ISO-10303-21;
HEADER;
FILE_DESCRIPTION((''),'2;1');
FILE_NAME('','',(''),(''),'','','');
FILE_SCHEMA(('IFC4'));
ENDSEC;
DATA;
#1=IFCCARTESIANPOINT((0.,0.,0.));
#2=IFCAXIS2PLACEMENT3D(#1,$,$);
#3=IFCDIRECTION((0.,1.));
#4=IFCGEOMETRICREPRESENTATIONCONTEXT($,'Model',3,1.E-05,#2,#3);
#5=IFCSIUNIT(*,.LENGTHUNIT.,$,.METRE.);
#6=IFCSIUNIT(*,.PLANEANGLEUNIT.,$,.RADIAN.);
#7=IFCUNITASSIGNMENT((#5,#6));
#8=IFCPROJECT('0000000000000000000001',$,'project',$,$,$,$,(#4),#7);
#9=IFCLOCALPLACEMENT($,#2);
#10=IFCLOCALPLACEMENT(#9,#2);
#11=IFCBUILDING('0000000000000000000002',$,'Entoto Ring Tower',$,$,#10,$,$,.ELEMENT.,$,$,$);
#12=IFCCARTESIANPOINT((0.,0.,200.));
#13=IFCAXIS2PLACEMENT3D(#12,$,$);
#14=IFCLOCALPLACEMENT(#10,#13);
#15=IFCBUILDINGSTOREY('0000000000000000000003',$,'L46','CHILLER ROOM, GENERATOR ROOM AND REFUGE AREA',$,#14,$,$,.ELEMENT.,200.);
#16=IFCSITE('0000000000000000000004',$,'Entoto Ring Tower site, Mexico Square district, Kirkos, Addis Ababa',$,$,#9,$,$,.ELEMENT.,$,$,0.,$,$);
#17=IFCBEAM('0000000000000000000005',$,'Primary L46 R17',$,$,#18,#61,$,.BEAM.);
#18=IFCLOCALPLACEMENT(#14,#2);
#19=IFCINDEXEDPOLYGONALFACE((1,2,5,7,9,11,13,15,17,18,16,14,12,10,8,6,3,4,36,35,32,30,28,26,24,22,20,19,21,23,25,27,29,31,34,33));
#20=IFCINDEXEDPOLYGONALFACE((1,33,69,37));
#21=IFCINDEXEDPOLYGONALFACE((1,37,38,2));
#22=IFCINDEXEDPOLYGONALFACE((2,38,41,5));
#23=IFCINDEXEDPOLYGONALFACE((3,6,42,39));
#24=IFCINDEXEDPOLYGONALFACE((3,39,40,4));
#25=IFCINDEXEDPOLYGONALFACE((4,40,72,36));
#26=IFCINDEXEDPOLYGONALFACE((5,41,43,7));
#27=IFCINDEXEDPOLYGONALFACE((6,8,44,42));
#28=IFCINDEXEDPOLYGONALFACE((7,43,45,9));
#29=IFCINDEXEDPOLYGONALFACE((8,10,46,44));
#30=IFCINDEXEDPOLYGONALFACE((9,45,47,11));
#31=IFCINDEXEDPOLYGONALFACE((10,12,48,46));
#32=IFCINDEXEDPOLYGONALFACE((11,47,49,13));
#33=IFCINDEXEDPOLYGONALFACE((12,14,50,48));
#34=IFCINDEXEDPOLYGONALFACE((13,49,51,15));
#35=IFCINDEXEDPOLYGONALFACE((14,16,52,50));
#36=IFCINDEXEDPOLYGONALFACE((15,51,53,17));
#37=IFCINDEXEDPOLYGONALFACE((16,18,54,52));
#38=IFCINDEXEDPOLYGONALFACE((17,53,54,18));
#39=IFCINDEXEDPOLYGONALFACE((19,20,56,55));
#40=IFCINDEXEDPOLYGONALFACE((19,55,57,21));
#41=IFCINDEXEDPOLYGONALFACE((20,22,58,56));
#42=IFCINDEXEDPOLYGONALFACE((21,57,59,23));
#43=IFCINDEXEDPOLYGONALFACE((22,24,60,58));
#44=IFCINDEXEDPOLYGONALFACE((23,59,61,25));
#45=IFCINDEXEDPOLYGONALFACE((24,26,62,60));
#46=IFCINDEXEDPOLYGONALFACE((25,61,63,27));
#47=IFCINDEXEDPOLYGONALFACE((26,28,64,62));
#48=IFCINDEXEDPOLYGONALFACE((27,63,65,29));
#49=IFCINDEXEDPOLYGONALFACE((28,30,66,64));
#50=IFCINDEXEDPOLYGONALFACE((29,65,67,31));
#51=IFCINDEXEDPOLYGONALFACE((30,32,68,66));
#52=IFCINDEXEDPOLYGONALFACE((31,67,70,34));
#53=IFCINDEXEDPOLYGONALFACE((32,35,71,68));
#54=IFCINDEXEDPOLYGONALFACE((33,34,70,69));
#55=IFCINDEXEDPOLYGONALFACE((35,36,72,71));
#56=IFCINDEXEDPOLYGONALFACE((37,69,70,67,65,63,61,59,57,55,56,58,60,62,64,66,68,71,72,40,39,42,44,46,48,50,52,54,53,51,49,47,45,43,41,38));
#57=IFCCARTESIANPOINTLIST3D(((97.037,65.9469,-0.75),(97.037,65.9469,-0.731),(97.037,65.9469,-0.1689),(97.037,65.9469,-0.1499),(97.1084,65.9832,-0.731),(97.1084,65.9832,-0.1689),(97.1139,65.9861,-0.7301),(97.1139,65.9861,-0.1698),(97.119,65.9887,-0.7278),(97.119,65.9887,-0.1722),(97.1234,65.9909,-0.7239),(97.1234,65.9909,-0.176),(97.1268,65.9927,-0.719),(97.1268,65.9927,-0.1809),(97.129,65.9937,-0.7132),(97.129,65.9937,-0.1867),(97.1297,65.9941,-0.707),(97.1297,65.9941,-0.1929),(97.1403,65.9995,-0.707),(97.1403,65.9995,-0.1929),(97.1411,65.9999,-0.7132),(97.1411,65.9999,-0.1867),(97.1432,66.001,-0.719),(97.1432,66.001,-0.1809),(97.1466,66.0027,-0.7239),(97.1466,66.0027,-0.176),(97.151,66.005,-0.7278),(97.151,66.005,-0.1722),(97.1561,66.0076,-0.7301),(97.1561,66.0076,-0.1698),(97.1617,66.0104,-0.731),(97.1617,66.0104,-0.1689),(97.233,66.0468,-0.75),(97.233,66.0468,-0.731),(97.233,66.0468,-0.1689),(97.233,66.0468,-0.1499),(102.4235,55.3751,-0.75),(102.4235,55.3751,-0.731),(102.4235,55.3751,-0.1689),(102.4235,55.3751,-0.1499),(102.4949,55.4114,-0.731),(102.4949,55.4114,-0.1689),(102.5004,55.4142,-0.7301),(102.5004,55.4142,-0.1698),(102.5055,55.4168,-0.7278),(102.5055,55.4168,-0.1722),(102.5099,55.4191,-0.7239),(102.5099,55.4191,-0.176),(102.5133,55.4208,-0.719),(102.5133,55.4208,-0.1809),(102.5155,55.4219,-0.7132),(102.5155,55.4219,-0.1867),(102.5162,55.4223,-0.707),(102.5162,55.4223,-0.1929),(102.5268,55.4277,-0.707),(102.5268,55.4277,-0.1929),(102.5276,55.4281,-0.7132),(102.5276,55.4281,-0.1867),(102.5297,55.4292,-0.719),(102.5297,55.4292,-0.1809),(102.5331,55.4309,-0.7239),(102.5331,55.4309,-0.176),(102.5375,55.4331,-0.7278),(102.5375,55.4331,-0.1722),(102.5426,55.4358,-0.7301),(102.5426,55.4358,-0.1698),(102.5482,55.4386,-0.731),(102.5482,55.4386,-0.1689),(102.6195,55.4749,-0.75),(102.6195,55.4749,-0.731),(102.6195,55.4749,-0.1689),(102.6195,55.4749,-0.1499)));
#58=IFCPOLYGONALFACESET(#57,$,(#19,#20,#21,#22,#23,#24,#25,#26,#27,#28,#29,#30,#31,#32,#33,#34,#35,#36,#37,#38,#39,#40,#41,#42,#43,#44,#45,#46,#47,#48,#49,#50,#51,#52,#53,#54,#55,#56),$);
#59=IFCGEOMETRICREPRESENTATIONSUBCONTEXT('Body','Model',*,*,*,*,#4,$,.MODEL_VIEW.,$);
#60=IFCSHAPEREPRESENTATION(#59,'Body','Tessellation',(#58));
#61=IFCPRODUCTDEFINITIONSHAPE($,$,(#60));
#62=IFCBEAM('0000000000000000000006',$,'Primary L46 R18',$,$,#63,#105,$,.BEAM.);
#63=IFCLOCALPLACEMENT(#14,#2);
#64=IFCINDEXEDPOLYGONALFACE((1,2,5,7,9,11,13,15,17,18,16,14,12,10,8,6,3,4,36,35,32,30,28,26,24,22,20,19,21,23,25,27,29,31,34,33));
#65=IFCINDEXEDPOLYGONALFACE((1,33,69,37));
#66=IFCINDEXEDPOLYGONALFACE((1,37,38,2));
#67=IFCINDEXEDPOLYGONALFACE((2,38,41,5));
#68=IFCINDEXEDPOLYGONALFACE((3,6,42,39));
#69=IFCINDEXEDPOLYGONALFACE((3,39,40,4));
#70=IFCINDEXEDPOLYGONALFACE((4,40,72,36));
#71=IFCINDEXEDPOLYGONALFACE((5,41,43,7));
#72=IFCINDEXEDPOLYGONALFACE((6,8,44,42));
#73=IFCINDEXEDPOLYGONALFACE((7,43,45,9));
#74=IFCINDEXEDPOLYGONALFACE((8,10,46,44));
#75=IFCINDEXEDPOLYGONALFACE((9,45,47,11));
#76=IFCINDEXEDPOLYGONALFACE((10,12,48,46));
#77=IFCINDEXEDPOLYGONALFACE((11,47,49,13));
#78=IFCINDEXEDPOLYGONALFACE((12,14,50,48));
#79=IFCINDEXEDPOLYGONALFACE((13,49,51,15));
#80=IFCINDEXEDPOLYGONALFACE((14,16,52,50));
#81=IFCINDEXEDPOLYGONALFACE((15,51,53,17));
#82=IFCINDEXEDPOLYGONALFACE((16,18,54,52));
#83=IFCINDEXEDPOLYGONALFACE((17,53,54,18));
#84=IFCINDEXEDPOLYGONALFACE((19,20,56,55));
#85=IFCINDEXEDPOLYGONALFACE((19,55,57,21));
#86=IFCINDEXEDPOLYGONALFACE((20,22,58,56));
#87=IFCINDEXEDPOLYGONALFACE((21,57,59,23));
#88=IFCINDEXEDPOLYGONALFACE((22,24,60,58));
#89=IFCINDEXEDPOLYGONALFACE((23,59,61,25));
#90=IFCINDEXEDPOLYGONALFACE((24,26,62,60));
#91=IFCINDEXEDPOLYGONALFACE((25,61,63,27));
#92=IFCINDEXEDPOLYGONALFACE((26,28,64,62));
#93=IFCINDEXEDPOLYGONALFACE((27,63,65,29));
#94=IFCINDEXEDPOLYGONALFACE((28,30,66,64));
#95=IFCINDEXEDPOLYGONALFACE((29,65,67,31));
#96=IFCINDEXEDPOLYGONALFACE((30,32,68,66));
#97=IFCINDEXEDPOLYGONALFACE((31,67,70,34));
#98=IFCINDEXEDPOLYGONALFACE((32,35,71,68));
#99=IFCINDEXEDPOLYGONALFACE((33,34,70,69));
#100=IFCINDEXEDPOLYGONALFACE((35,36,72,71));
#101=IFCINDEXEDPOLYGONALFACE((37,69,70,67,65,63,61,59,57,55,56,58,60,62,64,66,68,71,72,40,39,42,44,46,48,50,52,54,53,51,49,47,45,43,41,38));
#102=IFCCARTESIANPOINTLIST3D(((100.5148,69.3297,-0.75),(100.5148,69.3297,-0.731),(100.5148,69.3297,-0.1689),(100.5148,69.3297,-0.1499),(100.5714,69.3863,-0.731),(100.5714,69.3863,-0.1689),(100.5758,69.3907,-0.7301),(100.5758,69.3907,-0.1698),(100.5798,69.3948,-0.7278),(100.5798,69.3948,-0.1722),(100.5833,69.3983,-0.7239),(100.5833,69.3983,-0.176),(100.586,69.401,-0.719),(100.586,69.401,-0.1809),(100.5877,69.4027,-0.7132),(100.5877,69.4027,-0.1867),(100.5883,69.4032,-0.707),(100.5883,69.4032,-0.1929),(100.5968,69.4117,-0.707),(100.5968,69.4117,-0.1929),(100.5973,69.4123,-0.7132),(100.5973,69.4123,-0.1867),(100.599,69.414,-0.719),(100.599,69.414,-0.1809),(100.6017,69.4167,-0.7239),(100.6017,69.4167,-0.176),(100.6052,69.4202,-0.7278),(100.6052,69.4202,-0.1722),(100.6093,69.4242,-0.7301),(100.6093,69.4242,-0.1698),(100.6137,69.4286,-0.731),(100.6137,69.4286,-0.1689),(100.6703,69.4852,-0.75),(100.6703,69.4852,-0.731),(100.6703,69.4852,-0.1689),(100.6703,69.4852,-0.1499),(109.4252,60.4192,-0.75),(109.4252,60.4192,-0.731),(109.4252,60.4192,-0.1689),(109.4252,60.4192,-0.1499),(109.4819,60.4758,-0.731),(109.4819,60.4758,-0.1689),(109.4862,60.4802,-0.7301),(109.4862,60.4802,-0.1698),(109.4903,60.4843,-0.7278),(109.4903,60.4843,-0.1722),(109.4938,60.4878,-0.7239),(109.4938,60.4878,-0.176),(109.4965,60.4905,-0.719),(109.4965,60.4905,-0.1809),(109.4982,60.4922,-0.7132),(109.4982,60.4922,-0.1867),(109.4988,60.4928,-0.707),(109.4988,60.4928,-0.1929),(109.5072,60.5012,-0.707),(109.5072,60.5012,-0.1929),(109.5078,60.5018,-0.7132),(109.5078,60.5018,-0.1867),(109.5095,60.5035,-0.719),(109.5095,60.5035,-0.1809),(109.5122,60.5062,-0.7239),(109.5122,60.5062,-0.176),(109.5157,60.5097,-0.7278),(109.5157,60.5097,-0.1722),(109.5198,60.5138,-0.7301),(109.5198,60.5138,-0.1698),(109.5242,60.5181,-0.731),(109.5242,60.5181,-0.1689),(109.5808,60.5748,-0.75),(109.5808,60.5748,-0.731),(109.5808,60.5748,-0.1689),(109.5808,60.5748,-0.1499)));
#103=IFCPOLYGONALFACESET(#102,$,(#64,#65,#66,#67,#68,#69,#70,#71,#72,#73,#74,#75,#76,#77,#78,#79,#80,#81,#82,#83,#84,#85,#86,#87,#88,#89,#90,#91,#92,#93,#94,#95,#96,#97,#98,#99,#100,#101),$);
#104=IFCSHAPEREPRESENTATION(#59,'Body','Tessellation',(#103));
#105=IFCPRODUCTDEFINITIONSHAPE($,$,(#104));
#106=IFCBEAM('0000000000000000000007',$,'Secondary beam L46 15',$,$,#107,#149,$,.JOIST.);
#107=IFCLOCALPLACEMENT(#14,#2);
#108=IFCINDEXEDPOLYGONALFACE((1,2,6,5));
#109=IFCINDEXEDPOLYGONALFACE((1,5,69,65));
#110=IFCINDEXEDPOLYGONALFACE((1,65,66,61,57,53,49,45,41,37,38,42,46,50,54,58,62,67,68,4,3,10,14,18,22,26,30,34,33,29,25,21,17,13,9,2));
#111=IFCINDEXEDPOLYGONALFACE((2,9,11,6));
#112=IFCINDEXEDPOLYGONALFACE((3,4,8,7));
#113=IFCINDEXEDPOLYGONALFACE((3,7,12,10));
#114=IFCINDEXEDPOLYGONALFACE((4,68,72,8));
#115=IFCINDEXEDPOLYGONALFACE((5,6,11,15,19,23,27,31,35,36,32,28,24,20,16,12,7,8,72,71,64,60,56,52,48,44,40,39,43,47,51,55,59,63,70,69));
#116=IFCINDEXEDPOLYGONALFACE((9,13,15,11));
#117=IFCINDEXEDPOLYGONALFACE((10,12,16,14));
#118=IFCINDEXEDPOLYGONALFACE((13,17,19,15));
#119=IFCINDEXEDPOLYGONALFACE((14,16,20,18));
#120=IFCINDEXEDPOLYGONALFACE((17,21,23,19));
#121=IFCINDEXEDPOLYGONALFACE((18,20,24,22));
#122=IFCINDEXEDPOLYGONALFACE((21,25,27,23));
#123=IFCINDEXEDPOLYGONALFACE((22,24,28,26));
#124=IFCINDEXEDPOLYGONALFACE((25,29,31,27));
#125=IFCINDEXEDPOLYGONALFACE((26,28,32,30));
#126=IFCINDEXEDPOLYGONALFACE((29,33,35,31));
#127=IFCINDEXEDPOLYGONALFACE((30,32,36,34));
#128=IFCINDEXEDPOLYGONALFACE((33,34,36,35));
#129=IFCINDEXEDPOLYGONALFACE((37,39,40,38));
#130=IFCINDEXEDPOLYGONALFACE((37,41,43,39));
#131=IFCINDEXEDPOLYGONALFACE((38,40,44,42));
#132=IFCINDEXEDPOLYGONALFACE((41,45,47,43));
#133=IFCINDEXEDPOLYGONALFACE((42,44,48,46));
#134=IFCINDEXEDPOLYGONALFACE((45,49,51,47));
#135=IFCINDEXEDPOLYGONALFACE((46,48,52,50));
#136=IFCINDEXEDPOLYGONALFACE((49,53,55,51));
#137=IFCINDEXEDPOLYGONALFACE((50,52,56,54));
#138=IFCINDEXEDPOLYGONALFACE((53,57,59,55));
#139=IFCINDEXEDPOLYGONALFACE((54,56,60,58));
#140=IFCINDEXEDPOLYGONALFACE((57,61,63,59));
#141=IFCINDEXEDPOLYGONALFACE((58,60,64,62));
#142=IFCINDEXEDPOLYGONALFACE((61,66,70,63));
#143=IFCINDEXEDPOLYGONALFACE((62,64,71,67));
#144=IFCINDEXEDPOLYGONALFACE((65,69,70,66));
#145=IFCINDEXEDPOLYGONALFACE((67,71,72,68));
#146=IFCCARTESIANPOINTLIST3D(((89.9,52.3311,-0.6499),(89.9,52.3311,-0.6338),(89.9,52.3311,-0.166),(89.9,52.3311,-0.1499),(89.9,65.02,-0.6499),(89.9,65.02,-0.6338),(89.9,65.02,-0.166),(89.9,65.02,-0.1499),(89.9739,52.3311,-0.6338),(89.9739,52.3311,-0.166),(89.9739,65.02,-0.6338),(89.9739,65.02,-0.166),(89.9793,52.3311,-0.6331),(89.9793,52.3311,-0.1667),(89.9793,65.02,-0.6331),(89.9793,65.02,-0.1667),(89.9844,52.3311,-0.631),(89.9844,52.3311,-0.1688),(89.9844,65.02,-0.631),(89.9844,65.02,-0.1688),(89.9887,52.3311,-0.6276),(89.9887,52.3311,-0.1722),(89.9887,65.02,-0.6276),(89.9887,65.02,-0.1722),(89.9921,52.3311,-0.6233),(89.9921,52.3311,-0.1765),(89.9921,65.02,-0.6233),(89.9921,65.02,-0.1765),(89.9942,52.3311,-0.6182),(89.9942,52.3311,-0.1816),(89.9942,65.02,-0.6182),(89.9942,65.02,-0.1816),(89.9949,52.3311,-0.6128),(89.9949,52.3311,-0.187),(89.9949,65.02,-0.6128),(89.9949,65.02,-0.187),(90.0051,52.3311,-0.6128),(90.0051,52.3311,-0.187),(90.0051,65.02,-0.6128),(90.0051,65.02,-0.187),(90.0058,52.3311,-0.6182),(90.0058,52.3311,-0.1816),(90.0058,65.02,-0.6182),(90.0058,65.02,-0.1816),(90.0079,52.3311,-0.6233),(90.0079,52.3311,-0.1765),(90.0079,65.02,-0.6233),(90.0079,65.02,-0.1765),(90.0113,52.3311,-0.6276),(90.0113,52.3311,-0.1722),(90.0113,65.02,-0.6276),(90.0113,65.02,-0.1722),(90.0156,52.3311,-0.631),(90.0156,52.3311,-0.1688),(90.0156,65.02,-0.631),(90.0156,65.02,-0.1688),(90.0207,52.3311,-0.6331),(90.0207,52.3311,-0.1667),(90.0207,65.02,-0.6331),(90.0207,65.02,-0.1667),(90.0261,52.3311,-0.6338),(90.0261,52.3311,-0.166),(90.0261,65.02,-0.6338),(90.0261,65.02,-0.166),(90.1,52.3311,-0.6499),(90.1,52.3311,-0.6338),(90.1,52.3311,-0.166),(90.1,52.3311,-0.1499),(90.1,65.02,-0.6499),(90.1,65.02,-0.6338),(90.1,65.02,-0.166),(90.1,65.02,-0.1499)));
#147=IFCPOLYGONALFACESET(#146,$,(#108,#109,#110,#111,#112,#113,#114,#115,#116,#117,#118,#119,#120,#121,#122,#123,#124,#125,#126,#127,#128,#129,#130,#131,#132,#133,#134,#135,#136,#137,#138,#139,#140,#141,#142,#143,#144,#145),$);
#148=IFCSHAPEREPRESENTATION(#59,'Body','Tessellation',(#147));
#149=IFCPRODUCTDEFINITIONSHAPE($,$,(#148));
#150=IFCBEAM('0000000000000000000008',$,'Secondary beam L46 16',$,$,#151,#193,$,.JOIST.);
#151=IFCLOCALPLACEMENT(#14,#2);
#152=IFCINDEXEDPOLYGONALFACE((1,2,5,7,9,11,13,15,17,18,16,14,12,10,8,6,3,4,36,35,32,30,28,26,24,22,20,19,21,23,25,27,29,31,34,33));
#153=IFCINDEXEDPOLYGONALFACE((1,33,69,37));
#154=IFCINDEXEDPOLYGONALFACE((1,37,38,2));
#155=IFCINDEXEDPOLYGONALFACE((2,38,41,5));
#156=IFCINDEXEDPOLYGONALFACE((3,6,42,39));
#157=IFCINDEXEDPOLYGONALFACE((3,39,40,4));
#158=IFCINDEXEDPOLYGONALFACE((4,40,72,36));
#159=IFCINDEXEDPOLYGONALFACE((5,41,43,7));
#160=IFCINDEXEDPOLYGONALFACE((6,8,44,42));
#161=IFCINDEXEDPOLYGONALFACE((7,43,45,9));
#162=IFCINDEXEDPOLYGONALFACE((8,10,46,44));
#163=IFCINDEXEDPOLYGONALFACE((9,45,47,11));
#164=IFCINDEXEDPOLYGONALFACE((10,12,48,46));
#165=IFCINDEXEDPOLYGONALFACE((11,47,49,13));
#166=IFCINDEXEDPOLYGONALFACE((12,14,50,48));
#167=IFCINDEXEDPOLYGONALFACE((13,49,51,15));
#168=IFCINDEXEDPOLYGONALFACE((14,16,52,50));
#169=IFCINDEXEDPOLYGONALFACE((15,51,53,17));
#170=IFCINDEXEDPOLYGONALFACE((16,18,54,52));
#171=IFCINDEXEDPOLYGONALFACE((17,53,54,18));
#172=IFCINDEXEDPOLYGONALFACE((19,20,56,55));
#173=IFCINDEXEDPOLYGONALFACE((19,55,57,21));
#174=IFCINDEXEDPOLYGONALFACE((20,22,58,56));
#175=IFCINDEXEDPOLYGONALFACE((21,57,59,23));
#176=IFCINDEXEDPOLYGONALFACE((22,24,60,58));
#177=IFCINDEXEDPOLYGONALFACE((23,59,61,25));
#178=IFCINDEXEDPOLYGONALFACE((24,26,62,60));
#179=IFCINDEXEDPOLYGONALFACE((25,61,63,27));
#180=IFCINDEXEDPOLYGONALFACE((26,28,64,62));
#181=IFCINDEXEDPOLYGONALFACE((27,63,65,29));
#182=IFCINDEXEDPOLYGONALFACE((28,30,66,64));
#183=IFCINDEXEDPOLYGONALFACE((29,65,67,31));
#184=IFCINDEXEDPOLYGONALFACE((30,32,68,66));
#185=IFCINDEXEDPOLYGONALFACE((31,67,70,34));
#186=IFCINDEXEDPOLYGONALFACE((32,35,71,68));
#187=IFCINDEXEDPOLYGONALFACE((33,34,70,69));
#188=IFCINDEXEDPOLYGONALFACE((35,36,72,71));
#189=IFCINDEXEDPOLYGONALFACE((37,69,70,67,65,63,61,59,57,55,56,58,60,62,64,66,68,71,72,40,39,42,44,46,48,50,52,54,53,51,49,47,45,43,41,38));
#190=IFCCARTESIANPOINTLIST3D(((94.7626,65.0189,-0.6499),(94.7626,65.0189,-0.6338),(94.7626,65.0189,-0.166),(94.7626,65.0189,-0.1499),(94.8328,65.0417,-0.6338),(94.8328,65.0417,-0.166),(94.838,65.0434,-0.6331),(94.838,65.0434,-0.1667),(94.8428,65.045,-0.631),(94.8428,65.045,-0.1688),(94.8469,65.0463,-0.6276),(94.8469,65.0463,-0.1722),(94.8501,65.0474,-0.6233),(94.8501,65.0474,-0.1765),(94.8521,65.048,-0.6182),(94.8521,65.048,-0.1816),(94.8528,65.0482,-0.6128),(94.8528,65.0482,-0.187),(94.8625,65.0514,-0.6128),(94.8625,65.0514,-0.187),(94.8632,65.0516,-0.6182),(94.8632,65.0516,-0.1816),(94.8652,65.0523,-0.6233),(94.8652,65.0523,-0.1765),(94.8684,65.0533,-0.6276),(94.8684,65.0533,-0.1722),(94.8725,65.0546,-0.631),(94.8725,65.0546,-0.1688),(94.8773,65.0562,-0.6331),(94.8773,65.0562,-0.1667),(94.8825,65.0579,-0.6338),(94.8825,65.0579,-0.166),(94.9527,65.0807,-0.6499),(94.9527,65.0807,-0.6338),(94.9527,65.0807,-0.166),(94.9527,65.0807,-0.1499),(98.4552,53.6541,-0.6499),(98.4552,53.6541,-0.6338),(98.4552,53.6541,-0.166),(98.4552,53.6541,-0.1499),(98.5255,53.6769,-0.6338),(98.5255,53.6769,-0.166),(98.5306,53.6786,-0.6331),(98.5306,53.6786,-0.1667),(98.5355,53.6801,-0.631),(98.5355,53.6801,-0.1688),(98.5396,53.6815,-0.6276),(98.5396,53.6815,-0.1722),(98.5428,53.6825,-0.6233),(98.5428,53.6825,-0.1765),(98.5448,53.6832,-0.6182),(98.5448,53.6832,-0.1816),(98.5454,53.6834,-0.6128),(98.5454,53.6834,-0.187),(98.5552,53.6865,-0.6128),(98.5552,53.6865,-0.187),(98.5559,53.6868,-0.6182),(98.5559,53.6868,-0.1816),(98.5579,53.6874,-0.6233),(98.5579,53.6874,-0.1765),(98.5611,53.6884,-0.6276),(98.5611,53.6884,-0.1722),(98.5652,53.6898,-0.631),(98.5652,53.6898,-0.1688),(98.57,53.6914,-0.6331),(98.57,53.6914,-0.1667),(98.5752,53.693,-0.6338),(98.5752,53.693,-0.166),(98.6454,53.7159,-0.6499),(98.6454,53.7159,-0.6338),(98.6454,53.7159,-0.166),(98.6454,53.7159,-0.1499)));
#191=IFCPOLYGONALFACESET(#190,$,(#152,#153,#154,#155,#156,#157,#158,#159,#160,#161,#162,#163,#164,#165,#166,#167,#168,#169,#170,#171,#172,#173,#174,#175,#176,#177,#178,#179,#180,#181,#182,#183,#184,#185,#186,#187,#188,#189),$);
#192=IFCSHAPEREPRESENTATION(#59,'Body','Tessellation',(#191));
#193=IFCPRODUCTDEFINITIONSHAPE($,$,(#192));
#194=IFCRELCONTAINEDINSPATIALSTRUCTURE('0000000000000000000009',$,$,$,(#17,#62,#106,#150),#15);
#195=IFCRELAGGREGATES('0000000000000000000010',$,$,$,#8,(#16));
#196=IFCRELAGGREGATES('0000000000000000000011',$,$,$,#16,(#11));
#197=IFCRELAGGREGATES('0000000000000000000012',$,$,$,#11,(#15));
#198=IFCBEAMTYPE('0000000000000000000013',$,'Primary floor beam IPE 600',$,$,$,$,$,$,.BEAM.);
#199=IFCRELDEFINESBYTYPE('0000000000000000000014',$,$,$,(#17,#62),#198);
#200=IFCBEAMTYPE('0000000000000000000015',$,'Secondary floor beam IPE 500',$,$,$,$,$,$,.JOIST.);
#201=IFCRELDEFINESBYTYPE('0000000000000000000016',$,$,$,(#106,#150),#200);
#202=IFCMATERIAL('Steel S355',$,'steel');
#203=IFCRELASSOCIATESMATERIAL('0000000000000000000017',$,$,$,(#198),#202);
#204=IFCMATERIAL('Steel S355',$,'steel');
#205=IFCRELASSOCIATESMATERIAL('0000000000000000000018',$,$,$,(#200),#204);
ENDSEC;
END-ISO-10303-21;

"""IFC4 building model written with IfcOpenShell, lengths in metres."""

from ifc_helpers import new_model, si_unit, direction, frame, origin, origin_2d, place, context, subcontext, project, spatial, i_section, extrude, material, material_profile, profile_set, type_object, element, save


model = new_model("IFC4")

# Units and contexts
model_context = context("Model", 3, precision=1e-05, world=origin(), true_north=direction((0.0, 1.0)))
body_context = subcontext(model_context, "Body", "Model", "MODEL_VIEW")
ifc_project = project(units=[si_unit("LENGTHUNIT", "METRE"), si_unit("PLANEANGLEUNIT", "RADIAN")], contexts=[model_context])

# Site, building, storey
site_placement = place(None, origin())
site = spatial("IfcSite", under=ifc_project, at=site_placement, Name="Entoto Ring Tower site, Mexico Square district, Kirkos, Addis Ababa", CompositionType="ELEMENT", RefElevation=0.0)
building_placement = place(site_placement, origin())
building = spatial("IfcBuilding", under=site, at=building_placement, Name="Entoto Ring Tower", CompositionType="ELEMENT")
storey_placement = place(building_placement, frame((0.0, 0.0, 200.0)))
storey = spatial("IfcBuildingStorey", under=building, at=storey_placement, Name="L46", Description="CHILLER ROOM, GENERATOR ROOM AND REFUGE AREA", CompositionType="ELEMENT", Elevation=200.0)

# Beams
ifc_material_1 = material(Name="Steel S355", Category="steel")
ifc_material_profile_1 = material_profile(ifc_material_1, i_section(OverallWidth=0.22, OverallDepth=0.6001, WebThickness=0.012, FlangeThickness=0.019, FilletRadius=0.0239, at=origin_2d()), Name="IPE 600")
ifc_profile_set_1 = profile_set([ifc_material_profile_1], Name="Steel S355")
beam_type_1 = type_object("IfcBeamType", Name="Primary floor beam IPE 600", PredefinedType="BEAM", material=ifc_profile_set_1)
beam_1_placement = place(storey_placement, frame((97.135, 65.9968, -0.45), z_axis=(0.453983, -0.89101, 0.0), x_axis=(0.89101, 0.453983, 0.0)))
element("IfcBeam", 1, at=beam_1_placement, inside=storey, type_object=beam_type_1, Name="Primary L46 R17", PredefinedType="BEAM", context=body_context, shape_type="SweptSolid", body=[
    extrude(i_section(OverallWidth=0.22, OverallDepth=0.6001, WebThickness=0.012, FlangeThickness=0.019, FilletRadius=0.0239, at=origin_2d()), origin(), (0.0, 0.0, 1.0), 11.865),
])
beam_2_placement = place(storey_placement, frame((100.5925, 69.4075, -0.45), z_axis=(0.707107, -0.707107, 0.0), x_axis=(0.707107, 0.707107, 0.0)))
element("IfcBeam", 2, at=beam_2_placement, inside=storey, type_object=beam_type_1, Name="Primary L46 R18", PredefinedType="BEAM", context=body_context, shape_type="SweptSolid", body=[
    extrude(i_section(OverallWidth=0.22, OverallDepth=0.6001, WebThickness=0.012, FlangeThickness=0.019, FilletRadius=0.0239, at=origin_2d()), origin(), (0.0, 0.0, 1.0), 12.6013),
])
ifc_material_2 = material(Name="Steel S355", Category="steel")
ifc_material_profile_2 = material_profile(ifc_material_2, i_section(OverallWidth=0.2, OverallDepth=0.5, WebThickness=0.0103, FlangeThickness=0.0161, FilletRadius=0.021, at=origin_2d()), Name="IPE 500")
ifc_profile_set_2 = profile_set([ifc_material_profile_2], Name="Steel S355")
beam_type_2 = type_object("IfcBeamType", Name="Secondary floor beam IPE 500", PredefinedType="JOIST", material=ifc_profile_set_2)
beam_3_placement = place(storey_placement, frame((90.0, 65.02, -0.3999), z_axis=(0.0, -1.0, 0.0), x_axis=(1.0, 0.0, 0.0)))
element("IfcBeam", 3, at=beam_3_placement, inside=storey, type_object=beam_type_2, Name="Secondary beam L46 15", PredefinedType="JOIST", context=body_context, shape_type="SweptSolid", body=[
    extrude(i_section(OverallWidth=0.2, OverallDepth=0.5, WebThickness=0.0103, FlangeThickness=0.0161, FilletRadius=0.021, at=origin_2d()), origin(), (0.0, 0.0, 1.0), 12.689),
])
beam_4_placement = place(storey_placement, frame((94.8577, 65.0498, -0.3999), z_axis=(0.309017, -0.951057, 0.0), x_axis=(0.951057, 0.309017, 0.0)))
element("IfcBeam", 4, at=beam_4_placement, inside=storey, type_object=beam_type_2, Name="Secondary beam L46 16", PredefinedType="JOIST", context=body_context, shape_type="SweptSolid", body=[
    extrude(i_section(OverallWidth=0.2, OverallDepth=0.5, WebThickness=0.0103, FlangeThickness=0.0161, FilletRadius=0.021, at=origin_2d()), origin(), (0.0, 0.0, 1.0), 11.9497),
])

save(model, "model.ifc")
